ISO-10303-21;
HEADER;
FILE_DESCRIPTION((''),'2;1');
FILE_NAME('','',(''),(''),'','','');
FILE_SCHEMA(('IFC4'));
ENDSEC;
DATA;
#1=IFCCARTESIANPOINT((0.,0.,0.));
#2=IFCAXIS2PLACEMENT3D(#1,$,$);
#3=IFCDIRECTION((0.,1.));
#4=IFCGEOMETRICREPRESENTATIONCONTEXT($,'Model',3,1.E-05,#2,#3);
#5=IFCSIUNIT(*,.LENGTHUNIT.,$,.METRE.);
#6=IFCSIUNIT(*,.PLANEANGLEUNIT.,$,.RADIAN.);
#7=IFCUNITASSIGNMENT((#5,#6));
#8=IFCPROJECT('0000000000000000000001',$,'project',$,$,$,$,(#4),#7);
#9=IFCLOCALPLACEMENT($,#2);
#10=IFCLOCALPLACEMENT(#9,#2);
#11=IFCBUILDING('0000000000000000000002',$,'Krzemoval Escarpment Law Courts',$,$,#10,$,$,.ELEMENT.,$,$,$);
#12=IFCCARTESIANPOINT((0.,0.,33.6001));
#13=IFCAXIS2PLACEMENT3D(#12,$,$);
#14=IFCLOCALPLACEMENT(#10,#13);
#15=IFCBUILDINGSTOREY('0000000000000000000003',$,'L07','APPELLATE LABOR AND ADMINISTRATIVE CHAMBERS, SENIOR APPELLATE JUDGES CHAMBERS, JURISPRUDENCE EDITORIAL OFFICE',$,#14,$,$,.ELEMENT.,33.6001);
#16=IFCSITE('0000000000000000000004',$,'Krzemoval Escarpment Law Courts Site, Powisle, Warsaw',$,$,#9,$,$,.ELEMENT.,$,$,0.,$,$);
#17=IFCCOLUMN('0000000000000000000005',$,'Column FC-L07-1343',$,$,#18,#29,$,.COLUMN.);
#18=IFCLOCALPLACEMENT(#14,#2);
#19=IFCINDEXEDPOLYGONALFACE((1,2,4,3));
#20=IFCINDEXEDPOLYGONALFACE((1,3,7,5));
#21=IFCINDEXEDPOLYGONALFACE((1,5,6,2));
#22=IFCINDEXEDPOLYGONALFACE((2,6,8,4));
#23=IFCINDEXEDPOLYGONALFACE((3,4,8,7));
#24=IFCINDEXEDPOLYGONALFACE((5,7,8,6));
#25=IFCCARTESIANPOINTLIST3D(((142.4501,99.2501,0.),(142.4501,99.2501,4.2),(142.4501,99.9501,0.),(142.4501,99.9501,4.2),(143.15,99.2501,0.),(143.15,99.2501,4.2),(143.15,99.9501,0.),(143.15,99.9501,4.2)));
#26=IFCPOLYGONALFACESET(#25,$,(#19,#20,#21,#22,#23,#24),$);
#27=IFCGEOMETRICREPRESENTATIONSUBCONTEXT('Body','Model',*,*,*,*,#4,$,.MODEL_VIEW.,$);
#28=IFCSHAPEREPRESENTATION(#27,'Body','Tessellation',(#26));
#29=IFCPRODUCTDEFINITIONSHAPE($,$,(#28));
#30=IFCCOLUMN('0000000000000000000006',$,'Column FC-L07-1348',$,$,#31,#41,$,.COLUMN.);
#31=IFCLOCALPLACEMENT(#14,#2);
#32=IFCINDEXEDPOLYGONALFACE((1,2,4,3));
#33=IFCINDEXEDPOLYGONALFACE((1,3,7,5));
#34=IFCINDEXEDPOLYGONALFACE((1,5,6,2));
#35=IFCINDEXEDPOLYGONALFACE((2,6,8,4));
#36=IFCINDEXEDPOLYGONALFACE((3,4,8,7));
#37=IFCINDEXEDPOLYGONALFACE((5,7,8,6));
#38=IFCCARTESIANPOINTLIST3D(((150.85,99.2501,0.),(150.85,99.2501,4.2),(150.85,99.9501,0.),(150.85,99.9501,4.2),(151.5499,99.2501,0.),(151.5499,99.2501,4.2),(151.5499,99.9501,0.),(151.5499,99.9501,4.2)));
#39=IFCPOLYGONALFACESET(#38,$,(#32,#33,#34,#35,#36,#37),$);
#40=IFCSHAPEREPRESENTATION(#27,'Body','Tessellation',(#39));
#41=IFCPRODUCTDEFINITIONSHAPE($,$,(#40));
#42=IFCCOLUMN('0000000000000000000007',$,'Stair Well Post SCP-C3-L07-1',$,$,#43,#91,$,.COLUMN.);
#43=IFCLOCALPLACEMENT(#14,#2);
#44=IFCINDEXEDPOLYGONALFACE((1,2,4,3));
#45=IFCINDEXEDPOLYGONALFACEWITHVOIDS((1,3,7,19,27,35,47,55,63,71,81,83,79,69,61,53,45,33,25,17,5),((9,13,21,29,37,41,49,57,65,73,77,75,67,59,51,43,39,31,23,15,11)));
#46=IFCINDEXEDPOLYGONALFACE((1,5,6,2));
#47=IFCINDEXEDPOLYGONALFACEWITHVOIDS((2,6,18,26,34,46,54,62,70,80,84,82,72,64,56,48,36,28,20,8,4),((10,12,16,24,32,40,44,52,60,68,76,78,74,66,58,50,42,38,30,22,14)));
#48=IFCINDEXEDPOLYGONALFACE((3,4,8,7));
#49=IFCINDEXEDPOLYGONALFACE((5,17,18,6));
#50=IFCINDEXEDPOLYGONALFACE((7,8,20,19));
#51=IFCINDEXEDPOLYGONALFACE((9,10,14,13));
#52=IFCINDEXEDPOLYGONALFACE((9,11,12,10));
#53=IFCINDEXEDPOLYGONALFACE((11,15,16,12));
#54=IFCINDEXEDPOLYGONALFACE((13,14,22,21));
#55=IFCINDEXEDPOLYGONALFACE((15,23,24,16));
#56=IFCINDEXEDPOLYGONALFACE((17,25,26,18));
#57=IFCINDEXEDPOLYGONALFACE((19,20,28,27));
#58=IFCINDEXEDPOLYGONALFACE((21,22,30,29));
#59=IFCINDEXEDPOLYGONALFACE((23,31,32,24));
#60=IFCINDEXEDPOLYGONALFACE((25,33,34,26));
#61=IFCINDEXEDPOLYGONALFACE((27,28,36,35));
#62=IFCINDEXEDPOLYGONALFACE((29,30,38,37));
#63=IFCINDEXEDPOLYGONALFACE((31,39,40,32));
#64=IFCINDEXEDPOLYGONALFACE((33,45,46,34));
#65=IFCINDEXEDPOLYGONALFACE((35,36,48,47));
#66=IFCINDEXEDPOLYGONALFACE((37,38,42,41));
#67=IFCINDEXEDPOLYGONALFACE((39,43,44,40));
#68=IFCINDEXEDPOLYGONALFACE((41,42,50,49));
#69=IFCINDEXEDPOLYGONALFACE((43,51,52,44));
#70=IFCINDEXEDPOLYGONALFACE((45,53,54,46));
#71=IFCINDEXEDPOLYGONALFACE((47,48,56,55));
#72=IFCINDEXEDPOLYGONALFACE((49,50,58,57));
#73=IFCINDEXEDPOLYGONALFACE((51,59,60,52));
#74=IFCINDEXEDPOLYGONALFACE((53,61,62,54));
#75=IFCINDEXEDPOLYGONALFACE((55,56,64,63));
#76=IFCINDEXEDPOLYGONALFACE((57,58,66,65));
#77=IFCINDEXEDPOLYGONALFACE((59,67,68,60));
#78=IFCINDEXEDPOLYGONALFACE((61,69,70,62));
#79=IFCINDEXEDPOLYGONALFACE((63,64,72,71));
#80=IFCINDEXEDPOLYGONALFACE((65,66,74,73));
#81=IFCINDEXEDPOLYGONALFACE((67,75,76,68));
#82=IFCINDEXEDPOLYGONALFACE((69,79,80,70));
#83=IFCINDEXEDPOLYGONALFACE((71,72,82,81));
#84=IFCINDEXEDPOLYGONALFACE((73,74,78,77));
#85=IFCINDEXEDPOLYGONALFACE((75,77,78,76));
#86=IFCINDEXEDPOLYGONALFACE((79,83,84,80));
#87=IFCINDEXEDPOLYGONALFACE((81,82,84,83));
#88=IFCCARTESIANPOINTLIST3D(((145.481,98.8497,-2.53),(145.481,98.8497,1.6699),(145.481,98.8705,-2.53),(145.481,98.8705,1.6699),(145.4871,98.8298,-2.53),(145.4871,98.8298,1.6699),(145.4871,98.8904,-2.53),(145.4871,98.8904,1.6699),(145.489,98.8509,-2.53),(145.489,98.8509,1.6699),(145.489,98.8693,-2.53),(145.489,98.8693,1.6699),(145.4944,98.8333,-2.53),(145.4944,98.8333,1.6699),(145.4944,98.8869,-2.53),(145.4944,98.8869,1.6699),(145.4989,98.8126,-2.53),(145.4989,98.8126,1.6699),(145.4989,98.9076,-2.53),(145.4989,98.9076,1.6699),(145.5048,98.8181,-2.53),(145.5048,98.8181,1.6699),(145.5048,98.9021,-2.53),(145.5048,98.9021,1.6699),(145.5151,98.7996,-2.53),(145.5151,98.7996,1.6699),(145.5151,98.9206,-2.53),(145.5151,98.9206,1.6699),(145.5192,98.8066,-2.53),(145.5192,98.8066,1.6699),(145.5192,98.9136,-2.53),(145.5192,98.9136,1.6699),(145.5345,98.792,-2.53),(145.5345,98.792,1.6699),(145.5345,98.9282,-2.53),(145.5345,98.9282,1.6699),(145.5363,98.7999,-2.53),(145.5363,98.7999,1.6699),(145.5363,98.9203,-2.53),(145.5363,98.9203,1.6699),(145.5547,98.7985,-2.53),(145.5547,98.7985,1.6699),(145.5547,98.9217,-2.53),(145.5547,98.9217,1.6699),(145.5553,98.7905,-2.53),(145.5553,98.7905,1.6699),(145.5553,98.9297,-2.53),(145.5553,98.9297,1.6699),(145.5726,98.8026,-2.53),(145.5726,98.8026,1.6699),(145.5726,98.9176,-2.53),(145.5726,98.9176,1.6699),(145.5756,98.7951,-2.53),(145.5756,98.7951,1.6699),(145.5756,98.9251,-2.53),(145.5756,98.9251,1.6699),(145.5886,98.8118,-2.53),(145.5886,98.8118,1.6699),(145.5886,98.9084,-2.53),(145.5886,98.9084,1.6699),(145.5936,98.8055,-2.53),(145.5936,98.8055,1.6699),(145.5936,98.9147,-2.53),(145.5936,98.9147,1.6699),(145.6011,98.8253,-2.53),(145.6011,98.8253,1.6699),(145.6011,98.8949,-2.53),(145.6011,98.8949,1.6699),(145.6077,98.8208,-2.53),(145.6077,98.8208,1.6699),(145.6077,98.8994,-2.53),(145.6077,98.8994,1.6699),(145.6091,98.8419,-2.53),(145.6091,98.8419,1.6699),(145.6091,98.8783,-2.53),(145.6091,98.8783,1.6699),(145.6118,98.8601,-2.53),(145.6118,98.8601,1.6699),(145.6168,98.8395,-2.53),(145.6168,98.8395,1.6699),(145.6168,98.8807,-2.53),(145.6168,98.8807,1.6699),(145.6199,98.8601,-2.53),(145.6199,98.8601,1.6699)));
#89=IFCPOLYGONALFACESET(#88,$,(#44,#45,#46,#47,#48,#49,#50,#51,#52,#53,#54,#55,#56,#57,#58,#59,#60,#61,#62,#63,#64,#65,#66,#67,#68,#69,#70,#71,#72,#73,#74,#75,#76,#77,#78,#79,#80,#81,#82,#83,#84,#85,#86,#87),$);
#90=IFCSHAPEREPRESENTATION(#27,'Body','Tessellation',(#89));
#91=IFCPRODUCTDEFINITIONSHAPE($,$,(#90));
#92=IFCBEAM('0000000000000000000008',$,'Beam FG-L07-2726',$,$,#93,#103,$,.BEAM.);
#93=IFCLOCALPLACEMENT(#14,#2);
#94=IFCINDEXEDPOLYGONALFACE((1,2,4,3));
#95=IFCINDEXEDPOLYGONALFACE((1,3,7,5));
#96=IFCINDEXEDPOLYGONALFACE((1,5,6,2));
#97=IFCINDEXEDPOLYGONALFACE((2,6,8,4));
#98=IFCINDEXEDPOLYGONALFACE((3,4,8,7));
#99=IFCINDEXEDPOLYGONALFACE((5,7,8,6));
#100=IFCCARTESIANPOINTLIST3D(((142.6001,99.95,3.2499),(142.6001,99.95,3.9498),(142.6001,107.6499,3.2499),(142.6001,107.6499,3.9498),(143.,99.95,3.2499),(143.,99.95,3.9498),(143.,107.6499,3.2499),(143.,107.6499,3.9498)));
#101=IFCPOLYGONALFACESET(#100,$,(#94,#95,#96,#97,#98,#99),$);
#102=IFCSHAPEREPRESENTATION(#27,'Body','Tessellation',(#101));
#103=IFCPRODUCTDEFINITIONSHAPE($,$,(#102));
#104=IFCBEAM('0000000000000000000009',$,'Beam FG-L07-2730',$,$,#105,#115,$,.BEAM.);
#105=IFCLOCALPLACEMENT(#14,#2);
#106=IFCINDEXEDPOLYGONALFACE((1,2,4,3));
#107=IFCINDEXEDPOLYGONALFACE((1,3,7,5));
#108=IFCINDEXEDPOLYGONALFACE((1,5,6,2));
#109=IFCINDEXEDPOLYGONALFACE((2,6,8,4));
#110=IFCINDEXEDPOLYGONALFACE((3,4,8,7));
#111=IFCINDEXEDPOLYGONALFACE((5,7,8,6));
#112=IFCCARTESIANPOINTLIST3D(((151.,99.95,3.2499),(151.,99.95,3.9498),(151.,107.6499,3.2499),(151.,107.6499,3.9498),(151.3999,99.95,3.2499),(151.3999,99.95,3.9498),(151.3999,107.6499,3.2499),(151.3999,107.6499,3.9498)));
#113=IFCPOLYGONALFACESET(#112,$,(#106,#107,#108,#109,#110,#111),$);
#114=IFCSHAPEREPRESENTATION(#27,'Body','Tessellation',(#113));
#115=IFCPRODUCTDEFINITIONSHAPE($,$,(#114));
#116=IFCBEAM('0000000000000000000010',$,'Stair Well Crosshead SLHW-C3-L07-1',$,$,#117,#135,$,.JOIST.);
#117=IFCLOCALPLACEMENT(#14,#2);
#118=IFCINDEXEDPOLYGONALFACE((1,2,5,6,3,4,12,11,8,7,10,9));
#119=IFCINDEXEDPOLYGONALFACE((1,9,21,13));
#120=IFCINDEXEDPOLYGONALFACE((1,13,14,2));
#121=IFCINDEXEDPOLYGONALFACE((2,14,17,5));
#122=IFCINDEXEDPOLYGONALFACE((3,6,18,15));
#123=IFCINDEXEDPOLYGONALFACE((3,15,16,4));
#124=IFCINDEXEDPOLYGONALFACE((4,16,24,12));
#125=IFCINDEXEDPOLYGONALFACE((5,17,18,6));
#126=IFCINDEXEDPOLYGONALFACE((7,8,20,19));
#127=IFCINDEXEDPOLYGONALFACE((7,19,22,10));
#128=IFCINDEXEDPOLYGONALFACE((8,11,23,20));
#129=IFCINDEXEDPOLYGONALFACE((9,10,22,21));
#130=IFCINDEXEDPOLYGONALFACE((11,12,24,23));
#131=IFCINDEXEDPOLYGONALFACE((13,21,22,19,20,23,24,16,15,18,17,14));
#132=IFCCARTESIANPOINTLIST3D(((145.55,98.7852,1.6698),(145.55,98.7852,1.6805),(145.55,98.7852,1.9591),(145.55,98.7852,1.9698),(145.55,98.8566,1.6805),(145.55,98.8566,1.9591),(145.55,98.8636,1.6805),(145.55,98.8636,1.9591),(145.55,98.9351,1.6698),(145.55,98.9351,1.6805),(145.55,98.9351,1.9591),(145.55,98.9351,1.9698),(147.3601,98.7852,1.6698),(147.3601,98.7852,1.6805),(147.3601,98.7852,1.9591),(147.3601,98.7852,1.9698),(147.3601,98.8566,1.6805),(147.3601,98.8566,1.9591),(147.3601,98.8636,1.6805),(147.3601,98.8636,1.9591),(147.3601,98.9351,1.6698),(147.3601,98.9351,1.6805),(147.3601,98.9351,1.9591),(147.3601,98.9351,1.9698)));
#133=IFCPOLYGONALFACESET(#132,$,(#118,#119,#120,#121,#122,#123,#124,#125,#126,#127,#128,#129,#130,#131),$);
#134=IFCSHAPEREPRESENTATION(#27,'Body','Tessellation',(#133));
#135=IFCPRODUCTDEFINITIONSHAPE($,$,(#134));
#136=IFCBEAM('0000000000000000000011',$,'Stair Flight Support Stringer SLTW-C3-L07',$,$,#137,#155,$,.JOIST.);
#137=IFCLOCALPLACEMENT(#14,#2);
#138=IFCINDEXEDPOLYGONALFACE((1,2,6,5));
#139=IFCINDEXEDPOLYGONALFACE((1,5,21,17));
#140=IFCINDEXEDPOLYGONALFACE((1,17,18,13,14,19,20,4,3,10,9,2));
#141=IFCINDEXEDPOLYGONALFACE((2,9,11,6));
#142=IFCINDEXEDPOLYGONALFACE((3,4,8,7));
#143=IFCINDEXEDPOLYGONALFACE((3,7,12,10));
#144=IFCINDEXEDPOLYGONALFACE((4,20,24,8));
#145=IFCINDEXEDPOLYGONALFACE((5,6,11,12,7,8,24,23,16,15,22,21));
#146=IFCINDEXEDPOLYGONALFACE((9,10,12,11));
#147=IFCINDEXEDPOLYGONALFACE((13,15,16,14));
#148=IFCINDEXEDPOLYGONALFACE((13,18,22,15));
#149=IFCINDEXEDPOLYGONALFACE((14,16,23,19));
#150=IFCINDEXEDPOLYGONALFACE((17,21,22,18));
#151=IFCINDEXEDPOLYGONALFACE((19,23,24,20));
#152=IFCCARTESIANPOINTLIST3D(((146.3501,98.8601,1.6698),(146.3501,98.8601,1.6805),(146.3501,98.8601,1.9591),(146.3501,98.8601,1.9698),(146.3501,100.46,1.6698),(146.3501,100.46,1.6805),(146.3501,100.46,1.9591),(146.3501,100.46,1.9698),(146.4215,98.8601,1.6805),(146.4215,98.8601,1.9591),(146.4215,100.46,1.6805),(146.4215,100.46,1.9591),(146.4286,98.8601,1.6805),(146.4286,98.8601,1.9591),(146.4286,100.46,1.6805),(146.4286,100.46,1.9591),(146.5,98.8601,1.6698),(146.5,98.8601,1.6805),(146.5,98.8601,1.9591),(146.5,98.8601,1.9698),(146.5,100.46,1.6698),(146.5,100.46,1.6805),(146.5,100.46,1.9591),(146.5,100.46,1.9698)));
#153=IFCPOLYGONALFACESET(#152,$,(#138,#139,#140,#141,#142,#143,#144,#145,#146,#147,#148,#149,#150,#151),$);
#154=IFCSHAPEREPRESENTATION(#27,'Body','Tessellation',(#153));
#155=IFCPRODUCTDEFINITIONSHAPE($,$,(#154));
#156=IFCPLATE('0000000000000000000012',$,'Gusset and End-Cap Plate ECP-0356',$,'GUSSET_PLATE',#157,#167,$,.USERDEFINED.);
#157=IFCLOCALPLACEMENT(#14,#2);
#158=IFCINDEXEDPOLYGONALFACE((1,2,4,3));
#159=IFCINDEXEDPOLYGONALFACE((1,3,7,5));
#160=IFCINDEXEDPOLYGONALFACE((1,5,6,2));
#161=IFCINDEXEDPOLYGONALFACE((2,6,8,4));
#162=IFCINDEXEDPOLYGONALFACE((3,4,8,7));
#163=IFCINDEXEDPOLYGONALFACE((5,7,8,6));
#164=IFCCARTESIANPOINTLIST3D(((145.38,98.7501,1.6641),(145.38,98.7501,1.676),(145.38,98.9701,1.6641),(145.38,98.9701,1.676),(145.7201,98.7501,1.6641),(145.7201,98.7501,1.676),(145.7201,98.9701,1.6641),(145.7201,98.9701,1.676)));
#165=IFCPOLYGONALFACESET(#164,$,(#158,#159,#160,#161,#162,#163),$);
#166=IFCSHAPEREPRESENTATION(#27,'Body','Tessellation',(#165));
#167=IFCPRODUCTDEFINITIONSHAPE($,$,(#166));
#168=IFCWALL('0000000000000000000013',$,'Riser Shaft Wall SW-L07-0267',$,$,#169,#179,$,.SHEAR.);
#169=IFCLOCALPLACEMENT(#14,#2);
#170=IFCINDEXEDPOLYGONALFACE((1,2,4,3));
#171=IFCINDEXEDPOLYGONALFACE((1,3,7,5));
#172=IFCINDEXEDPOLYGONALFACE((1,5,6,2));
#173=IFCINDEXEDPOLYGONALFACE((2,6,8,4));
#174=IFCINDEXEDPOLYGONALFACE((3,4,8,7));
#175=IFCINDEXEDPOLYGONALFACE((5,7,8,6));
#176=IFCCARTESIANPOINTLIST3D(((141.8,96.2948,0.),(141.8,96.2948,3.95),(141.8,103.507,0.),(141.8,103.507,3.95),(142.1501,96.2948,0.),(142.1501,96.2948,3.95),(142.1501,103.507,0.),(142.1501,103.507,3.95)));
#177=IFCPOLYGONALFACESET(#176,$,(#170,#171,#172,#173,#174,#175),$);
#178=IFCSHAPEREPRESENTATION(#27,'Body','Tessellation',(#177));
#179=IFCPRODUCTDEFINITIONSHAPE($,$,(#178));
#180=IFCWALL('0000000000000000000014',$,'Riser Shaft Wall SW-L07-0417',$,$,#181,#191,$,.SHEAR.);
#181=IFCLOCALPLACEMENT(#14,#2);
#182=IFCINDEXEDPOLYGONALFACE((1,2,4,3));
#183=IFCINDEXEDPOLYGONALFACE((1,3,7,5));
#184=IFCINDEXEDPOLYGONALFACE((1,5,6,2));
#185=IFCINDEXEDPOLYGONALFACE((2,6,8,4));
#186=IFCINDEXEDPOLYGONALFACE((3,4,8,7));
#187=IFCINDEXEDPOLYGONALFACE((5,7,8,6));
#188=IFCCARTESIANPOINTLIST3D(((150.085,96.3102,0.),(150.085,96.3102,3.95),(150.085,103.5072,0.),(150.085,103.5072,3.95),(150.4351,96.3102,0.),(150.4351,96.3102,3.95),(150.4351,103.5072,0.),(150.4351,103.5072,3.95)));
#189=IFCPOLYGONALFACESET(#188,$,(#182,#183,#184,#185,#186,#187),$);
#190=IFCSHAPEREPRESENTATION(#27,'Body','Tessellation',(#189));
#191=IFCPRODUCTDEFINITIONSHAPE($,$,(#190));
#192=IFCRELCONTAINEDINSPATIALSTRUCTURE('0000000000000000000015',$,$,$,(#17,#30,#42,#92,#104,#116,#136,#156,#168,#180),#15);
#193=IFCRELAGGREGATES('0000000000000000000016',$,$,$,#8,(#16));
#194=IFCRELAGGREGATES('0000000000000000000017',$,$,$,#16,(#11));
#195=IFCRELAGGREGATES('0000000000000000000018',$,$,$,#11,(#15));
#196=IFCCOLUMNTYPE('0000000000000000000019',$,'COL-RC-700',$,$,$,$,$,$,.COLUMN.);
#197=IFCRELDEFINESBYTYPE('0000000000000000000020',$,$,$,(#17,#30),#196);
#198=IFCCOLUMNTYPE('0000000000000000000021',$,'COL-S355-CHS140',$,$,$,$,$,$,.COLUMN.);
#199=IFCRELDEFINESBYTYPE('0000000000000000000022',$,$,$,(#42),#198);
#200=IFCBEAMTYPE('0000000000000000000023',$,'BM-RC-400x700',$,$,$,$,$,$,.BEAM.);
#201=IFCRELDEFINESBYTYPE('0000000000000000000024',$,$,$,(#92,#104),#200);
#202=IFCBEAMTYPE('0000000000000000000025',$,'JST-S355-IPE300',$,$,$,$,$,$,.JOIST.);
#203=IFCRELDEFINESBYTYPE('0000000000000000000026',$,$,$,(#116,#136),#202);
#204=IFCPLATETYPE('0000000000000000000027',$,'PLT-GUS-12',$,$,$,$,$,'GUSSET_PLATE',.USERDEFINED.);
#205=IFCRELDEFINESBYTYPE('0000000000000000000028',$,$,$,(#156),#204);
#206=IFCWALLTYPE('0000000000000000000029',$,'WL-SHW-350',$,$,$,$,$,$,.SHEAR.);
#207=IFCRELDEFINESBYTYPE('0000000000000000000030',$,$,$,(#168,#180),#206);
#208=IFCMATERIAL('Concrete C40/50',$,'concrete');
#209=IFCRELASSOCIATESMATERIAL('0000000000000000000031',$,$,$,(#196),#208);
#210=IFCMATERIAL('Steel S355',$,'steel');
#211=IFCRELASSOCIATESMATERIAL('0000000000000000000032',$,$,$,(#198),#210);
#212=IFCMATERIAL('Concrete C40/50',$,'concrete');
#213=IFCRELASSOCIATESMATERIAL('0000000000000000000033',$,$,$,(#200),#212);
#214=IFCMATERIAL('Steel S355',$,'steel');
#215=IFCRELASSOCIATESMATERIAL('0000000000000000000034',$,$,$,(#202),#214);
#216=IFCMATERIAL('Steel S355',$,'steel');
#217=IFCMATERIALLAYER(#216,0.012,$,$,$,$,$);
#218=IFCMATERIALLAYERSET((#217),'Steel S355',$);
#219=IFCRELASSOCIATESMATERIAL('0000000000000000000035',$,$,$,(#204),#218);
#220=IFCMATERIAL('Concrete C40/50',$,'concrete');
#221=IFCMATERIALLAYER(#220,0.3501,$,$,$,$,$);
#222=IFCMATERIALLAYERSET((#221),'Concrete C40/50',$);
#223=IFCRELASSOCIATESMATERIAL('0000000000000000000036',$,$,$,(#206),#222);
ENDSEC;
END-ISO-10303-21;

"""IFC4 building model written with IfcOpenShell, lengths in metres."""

from ifc_helpers import new_model, si_unit, direction, frame, frame_2d, origin, origin_2d, place, context, subcontext, project, spatial, rectangle, hollow_circle, i_section, extrude, material, layer, layer_set, material_profile, profile_set, type_object, element, save


model = new_model("IFC4")

# Units and contexts
model_context = context("Model", 3, precision=1e-05, world=origin(), true_north=direction((0.0, 1.0)))
body_context = subcontext(model_context, "Body", "Model", "MODEL_VIEW")
ifc_project = project(units=[si_unit("LENGTHUNIT", "METRE"), si_unit("PLANEANGLEUNIT", "RADIAN")], contexts=[model_context])

# Site, building, storey
site_placement = place(None, origin())
site = spatial("IfcSite", under=ifc_project, at=site_placement, Name="Krzemoval Escarpment Law Courts Site, Powisle, Warsaw", CompositionType="ELEMENT", RefElevation=0.0)
building_placement = place(site_placement, origin())
building = spatial("IfcBuilding", under=site, at=building_placement, Name="Krzemoval Escarpment Law Courts", CompositionType="ELEMENT")
storey_placement = place(building_placement, frame((0.0, 0.0, 33.6001)))
storey = spatial("IfcBuildingStorey", under=building, at=storey_placement, Name="L07", Description="APPELLATE LABOR AND ADMINISTRATIVE CHAMBERS, SENIOR APPELLATE JUDGES CHAMBERS, JURISPRUDENCE EDITORIAL OFFICE", CompositionType="ELEMENT", Elevation=33.6001)

# Columns
ifc_material_1 = material(Name="Concrete C40/50", Category="concrete")
ifc_material_profile_1 = material_profile(ifc_material_1, rectangle(XDim=0.7, YDim=0.7, at=origin_2d()), Name="RC 700x700")
ifc_profile_set_1 = profile_set([ifc_material_profile_1], Name="Concrete C40/50")
column_type_1 = type_object("IfcColumnType", Name="COL-RC-700", PredefinedType="COLUMN", material=ifc_profile_set_1)
for number, where, z_axis, x_axis, name in (
    (1, (142.8, 99.6001, 0.0), (0.0, 0.0, 1.0), (1.0, 0.0, 0.0), "Column FC-L07-1343"),
    (2, (151.2, 99.6001, 0.0), (0.0, 0.0, 1.0), (1.0, 0.0, 0.0), "Column FC-L07-1348"),
):
    element("IfcColumn", number, at=place(storey_placement, frame(where, z_axis=z_axis, x_axis=x_axis)), inside=storey, type_object=column_type_1, Name=name, PredefinedType="COLUMN", context=body_context, shape_type="SweptSolid", body=[
        extrude(rectangle(XDim=0.7, YDim=0.7, at=origin_2d()), origin(), (0.0, 0.0, 1.0), 4.2),
    ])
ifc_material_2 = material(Name="Steel S355", Category="steel")
ifc_material_profile_2 = material_profile(ifc_material_2, hollow_circle(Radius=0.0698, WallThickness=0.0081, at=origin_2d()), Name="CHS 139.7x8")
ifc_profile_set_2 = profile_set([ifc_material_profile_2], Name="Steel S355")
column_type_2 = type_object("IfcColumnType", Name="COL-S355-CHS140", PredefinedType="COLUMN", material=ifc_profile_set_2)
column_placement = place(storey_placement, frame((145.55, 98.8601, -2.53), z_axis=(0.0, 0.0, 1.0), x_axis=(1.0, 0.0, 0.0)))
element("IfcColumn", 3, at=column_placement, inside=storey, type_object=column_type_2, Name="Stair Well Post SCP-C3-L07-1", PredefinedType="COLUMN", context=body_context, shape_type="SweptSolid", body=[
    extrude(hollow_circle(Radius=0.0698, WallThickness=0.0081, at=origin_2d()), origin(), (0.0, 0.0, 1.0), 4.2),
])

# Beams
ifc_material_3 = material(Name="Concrete C40/50", Category="concrete")
ifc_material_profile_3 = material_profile(ifc_material_3, rectangle(XDim=0.3999, YDim=0.7, at=origin_2d()), Name="RCB 400x700")
ifc_profile_set_3 = profile_set([ifc_material_profile_3], Name="Concrete C40/50")
beam_type_1 = type_object("IfcBeamType", Name="BM-RC-400x700", PredefinedType="BEAM", material=ifc_profile_set_3)
for number, where, z_axis, x_axis, name in (
    (4, (142.8, 99.95, 3.5999), (0.0, 1.0, 0.0), (-1.0, 0.0, 0.0), "Beam FG-L07-2726"),
    (5, (151.2, 99.95, 3.5999), (0.0, 1.0, 0.0), (-1.0, 0.0, 0.0), "Beam FG-L07-2730"),
):
    element("IfcBeam", number, at=place(storey_placement, frame(where, z_axis=z_axis, x_axis=x_axis)), inside=storey, type_object=beam_type_1, Name=name, PredefinedType="BEAM", context=body_context, shape_type="SweptSolid", body=[
        extrude(rectangle(XDim=0.3999, YDim=0.7, at=origin_2d()), origin(), (0.0, 0.0, 1.0), 7.7),
    ])
ifc_material_4 = material(Name="Steel S355", Category="steel")
ifc_material_profile_4 = material_profile(ifc_material_4, i_section(OverallWidth=0.1499, OverallDepth=0.3, WebThickness=0.0071, FlangeThickness=0.0107, at=origin_2d()), Name="IPE 300")
ifc_profile_set_4 = profile_set([ifc_material_profile_4], Name="Steel S355")
beam_type_2 = type_object("IfcBeamType", Name="JST-S355-IPE300", PredefinedType="JOIST", material=ifc_profile_set_4)
beam_1_placement = place(storey_placement, frame((145.55, 98.8601, 1.8198), z_axis=(1.0, 0.0, 0.0), x_axis=(0.0, 1.0, 0.0)))
element("IfcBeam", 6, at=beam_1_placement, inside=storey, type_object=beam_type_2, Name="Stair Well Crosshead SLHW-C3-L07-1", PredefinedType="JOIST", context=body_context, shape_type="SweptSolid", body=[
    extrude(i_section(OverallWidth=0.1499, OverallDepth=0.3, WebThickness=0.0071, FlangeThickness=0.0107, at=origin_2d()), origin(), (0.0, 0.0, 1.0), 1.8101),
])
beam_2_placement = place(storey_placement, frame((146.425, 98.8601, 1.8198), z_axis=(0.0, 1.0, 0.0), x_axis=(-1.0, 0.0, 0.0)))
element("IfcBeam", 7, at=beam_2_placement, inside=storey, type_object=beam_type_2, Name="Stair Flight Support Stringer SLTW-C3-L07", PredefinedType="JOIST", context=body_context, shape_type="SweptSolid", body=[
    extrude(i_section(OverallWidth=0.1499, OverallDepth=0.3, WebThickness=0.0071, FlangeThickness=0.0107, at=origin_2d()), origin(), (0.0, 0.0, 1.0), 1.5999),
])

# Plate
ifc_material_5 = material(Name="Steel S355", Category="steel")
ifc_layer_1 = layer(ifc_material_5, 0.012)
ifc_layer_set_1 = layer_set([ifc_layer_1], Name="Steel S355")
plate_type = type_object("IfcPlateType", Name="PLT-GUS-12", ElementType="GUSSET_PLATE", PredefinedType="USERDEFINED", material=ifc_layer_set_1)
plate_placement = place(storey_placement, frame((145.55, 98.8601, 1.6641), z_axis=(0.0, 0.0, 1.0), x_axis=(1.0, 0.0, 0.0)))
element("IfcPlate", 8, at=plate_placement, inside=storey, type_object=plate_type, Name="Gusset and End-Cap Plate ECP-0356", ObjectType="GUSSET_PLATE", PredefinedType="USERDEFINED", context=body_context, shape_type="SweptSolid", body=[
    extrude(rectangle(XDim=0.3401, YDim=0.22, at=origin_2d()), origin(), (0.0, 0.0, 1.0), 0.012),
])

# Walls
ifc_material_6 = material(Name="Concrete C40/50", Category="concrete")
ifc_layer_2 = layer(ifc_material_6, 0.3501)
ifc_layer_set_2 = layer_set([ifc_layer_2], Name="Concrete C40/50")
wall_type_1 = type_object("IfcWallType", Name="WL-SHW-350", PredefinedType="SHEAR", material=ifc_layer_set_2)
wall_1_placement = place(storey_placement, frame((141.9751, 96.2949, 0.0), z_axis=(0.0, 0.0, 1.0), x_axis=(0.0, 1.0, 0.0)))
element("IfcWall", 9, at=wall_1_placement, inside=storey, type_object=wall_type_1, Name="Riser Shaft Wall SW-L07-0267", PredefinedType="SHEAR", context=body_context, shape_type="SweptSolid", body=[
    extrude(rectangle(XDim=7.2122, YDim=0.3501, at=frame_2d((3.606, 0.0))), origin(), (0.0, 0.0, 1.0), 3.95),
])
wall_2_placement = place(storey_placement, frame((150.26, 96.3101, 0.0), z_axis=(0.0, 0.0, 1.0), x_axis=(0.0, 1.0, 0.0)))
element("IfcWall", 10, at=wall_2_placement, inside=storey, type_object=wall_type_1, Name="Riser Shaft Wall SW-L07-0417", PredefinedType="SHEAR", context=body_context, shape_type="SweptSolid", body=[
    extrude(rectangle(XDim=7.197, YDim=0.3501, at=frame_2d((3.5986, 0.0))), origin(), (0.0, 0.0, 1.0), 3.95),
])

save(model, "model.ifc")
